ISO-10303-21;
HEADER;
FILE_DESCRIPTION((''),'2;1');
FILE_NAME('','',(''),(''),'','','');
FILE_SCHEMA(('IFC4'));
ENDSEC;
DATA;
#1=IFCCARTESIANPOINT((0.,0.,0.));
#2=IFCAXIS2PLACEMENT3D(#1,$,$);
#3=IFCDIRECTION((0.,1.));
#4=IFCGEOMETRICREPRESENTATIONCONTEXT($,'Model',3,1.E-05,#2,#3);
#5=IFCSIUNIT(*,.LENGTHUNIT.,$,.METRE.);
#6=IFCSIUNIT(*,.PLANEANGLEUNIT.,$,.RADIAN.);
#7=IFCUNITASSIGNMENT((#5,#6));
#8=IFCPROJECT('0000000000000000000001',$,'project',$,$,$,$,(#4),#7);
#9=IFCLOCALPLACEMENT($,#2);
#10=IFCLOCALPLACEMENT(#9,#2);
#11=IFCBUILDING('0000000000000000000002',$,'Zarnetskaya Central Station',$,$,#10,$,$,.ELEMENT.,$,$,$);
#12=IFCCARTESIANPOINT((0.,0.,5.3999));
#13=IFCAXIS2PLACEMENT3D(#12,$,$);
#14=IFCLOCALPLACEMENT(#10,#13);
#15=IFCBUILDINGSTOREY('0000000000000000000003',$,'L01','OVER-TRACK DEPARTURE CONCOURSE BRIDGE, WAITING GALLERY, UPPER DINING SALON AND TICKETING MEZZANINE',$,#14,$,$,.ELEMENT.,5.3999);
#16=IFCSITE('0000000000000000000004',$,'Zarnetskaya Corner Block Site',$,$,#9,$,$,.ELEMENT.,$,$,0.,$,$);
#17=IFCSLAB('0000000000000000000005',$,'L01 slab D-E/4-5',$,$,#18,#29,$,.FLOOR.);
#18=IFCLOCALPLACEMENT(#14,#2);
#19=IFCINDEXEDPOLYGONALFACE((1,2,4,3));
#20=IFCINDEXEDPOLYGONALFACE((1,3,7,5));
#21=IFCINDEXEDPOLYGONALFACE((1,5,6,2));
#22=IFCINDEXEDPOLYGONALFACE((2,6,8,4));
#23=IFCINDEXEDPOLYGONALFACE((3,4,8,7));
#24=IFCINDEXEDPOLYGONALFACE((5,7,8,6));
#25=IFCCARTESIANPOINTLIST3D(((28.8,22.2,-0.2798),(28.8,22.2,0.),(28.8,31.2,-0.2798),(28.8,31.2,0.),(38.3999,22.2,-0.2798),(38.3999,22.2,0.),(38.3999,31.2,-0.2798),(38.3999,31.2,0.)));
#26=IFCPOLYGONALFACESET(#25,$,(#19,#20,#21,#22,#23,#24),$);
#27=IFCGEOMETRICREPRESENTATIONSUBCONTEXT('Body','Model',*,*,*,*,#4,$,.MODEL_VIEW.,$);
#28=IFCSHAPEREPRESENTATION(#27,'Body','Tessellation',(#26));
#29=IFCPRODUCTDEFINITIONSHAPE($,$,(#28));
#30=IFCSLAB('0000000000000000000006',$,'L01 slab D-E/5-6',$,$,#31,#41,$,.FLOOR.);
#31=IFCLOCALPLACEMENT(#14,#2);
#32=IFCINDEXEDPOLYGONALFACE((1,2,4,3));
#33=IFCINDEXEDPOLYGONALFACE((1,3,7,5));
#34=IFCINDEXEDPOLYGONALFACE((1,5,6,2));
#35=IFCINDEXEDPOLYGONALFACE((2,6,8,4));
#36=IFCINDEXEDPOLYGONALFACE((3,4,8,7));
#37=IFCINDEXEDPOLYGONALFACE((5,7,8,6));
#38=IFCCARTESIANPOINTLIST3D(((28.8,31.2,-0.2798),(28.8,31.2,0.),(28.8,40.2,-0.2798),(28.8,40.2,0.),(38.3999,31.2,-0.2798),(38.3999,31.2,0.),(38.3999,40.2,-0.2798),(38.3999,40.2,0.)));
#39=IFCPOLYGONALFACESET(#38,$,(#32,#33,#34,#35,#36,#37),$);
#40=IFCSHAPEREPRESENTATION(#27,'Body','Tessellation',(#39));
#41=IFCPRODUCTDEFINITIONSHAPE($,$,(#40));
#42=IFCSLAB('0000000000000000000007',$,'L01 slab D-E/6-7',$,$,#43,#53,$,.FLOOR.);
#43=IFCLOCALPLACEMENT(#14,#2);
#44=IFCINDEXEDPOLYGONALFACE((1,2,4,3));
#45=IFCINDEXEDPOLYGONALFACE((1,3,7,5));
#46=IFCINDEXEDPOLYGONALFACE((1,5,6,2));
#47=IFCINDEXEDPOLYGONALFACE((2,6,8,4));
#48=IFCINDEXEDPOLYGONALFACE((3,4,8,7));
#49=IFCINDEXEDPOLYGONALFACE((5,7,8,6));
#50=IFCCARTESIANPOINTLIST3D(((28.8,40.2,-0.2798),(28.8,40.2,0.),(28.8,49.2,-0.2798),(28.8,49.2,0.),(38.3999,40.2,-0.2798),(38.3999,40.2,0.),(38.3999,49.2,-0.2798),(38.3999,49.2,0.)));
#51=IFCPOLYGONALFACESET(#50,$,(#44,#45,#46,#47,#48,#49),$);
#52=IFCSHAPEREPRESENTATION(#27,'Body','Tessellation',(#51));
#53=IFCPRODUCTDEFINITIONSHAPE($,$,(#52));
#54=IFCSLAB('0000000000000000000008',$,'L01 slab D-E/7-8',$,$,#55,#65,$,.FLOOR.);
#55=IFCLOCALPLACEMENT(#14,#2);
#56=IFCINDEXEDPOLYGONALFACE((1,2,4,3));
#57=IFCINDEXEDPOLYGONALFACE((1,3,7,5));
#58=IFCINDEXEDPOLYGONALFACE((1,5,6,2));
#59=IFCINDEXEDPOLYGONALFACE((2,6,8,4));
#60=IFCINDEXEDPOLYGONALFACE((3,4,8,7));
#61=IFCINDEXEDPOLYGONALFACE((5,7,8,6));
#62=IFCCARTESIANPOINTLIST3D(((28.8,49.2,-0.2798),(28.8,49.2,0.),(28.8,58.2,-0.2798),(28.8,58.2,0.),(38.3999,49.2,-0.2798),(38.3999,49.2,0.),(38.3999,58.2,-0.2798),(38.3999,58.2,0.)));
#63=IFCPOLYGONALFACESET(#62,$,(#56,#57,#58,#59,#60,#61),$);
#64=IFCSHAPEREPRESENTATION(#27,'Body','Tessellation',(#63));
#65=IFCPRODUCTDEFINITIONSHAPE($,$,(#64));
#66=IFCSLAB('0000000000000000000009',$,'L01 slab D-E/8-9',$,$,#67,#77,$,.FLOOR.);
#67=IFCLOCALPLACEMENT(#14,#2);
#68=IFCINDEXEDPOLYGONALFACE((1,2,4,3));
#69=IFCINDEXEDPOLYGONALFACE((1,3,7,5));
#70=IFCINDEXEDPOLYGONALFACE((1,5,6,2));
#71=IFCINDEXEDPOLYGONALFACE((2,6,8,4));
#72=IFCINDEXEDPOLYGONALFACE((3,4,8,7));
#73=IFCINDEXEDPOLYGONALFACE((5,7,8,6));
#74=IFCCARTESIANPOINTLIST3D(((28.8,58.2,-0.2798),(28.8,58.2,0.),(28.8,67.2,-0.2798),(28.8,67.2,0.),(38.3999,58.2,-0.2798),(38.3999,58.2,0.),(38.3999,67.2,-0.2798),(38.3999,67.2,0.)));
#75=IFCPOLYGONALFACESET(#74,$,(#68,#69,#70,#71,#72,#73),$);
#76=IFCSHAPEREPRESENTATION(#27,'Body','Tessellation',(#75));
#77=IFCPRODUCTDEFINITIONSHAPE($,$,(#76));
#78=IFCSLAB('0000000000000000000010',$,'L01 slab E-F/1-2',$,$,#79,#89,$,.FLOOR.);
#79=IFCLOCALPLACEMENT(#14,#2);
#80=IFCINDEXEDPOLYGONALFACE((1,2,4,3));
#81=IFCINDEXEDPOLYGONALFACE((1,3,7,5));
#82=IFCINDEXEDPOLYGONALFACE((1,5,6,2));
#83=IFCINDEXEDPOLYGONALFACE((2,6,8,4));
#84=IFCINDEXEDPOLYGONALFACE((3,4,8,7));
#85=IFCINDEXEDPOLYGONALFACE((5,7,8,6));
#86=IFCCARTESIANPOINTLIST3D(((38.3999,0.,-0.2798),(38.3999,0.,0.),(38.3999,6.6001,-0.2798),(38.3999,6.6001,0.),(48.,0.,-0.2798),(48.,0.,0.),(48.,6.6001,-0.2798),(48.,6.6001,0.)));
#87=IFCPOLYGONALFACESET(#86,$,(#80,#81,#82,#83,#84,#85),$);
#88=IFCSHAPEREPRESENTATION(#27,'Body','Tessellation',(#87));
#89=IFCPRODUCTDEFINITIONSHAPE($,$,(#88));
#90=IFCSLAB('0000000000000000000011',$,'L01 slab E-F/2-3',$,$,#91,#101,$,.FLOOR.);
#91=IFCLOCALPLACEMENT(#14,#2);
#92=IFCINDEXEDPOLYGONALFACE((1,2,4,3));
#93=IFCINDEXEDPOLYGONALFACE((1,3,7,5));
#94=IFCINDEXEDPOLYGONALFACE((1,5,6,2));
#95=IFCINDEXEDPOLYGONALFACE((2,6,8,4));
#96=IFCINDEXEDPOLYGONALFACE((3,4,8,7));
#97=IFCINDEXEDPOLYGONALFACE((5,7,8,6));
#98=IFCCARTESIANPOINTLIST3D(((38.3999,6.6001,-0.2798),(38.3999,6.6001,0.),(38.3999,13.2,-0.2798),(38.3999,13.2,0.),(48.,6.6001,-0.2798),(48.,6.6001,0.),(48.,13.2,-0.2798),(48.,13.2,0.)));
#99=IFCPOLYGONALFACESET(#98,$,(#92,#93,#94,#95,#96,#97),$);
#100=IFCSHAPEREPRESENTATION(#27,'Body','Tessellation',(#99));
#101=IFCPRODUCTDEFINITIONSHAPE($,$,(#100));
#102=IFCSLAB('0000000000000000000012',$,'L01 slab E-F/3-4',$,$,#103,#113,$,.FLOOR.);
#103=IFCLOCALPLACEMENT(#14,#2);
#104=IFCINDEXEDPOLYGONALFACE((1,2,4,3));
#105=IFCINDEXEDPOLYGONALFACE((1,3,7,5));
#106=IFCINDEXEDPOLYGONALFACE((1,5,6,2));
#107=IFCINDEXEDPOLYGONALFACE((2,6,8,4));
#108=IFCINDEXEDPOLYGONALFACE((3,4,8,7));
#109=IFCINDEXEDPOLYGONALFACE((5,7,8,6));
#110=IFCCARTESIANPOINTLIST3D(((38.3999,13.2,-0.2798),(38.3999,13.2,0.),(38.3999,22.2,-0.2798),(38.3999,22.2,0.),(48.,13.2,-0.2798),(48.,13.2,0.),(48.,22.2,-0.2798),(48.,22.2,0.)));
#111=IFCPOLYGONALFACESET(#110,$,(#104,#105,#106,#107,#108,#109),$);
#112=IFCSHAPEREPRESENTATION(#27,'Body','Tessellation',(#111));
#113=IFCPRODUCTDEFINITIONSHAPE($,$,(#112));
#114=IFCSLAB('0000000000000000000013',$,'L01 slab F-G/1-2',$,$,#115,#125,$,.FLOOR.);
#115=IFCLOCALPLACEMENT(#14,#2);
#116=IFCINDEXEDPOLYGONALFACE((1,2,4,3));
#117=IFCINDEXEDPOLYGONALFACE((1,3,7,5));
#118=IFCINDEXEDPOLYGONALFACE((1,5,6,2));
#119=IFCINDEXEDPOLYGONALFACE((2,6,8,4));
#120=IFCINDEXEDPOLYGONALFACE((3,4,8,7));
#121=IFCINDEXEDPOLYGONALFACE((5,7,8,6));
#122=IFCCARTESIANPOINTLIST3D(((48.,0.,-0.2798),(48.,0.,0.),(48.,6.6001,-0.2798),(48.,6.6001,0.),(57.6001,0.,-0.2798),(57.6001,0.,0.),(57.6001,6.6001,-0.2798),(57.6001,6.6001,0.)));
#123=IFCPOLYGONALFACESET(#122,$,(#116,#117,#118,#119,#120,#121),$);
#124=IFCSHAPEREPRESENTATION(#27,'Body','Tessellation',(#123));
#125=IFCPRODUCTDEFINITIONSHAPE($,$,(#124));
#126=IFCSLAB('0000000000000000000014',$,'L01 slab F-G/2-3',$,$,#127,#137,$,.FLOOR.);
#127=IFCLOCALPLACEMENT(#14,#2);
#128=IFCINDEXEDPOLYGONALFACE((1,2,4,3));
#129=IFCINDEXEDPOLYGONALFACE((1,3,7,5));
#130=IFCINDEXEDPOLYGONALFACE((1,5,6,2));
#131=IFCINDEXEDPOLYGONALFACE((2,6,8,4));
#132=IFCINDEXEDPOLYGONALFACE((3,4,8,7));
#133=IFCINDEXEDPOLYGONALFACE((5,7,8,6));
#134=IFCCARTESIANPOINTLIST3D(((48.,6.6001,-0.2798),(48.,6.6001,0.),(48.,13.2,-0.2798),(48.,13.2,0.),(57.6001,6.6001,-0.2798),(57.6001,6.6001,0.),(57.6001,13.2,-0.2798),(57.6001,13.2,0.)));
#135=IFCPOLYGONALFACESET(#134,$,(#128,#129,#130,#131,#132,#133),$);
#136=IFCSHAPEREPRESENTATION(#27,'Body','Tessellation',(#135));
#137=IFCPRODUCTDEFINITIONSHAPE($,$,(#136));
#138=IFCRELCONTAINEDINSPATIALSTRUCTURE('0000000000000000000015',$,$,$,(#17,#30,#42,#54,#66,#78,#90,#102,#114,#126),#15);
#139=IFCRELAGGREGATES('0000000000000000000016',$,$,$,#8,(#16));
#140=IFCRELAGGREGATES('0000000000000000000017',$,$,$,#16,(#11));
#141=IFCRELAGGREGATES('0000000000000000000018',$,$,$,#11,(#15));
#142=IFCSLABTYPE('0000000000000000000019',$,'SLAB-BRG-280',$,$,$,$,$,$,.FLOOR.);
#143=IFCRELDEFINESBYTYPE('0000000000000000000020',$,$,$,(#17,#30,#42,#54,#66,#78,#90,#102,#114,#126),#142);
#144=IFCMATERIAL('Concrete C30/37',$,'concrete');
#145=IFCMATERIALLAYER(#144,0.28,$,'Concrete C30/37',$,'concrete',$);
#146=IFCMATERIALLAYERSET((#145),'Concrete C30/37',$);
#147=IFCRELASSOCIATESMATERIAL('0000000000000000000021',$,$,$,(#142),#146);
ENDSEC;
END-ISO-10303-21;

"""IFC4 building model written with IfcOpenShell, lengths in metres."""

from ifc_helpers import new_model, si_unit, direction, frame, origin, place, context, subcontext, project, spatial, polyline, outline, extrude, material, layer, layer_set, type_object, element, save


model = new_model("IFC4")

# Units and contexts
model_context = context("Model", 3, precision=1e-05, world=origin(), true_north=direction((0.0, 1.0)))
body_context = subcontext(model_context, "Body", "Model", "MODEL_VIEW")
ifc_project = project(units=[si_unit("LENGTHUNIT", "METRE"), si_unit("PLANEANGLEUNIT", "RADIAN")], contexts=[model_context])

# Site, building, storey
site_placement = place(None, origin())
site = spatial("IfcSite", under=ifc_project, at=site_placement, Name="Zarnetskaya Corner Block Site", CompositionType="ELEMENT", RefElevation=0.0)
building_placement = place(site_placement, origin())
building = spatial("IfcBuilding", under=site, at=building_placement, Name="Zarnetskaya Central Station", CompositionType="ELEMENT")
storey_placement = place(building_placement, frame((0.0, 0.0, 5.3999)))
storey = spatial("IfcBuildingStorey", under=building, at=storey_placement, Name="L01", Description="OVER-TRACK DEPARTURE CONCOURSE BRIDGE, WAITING GALLERY, UPPER DINING SALON AND TICKETING MEZZANINE", CompositionType="ELEMENT", Elevation=5.3999)

# Slabs
ifc_material = material(Name="Concrete C30/37", Category="concrete")
ifc_layer = layer(ifc_material, 0.28, Name="Concrete C30/37", Category="concrete")
ifc_layer_set = layer_set([ifc_layer], Name="Concrete C30/37")
slab_type = type_object("IfcSlabType", Name="SLAB-BRG-280", PredefinedType="FLOOR", material=ifc_layer_set)
slab_1_placement = place(storey_placement, frame((0.0, 0.0, -0.2798)))
element("IfcSlab", 1, at=slab_1_placement, inside=storey, type_object=slab_type, Name="L01 slab D-E/4-5", PredefinedType="FLOOR", context=body_context, shape_type="SweptSolid", body=[
    extrude(outline(polyline([(28.8, 22.2), (38.3999, 22.2), (38.3999, 31.2), (28.8, 31.2), (28.8, 22.2)])), origin(), (0.0, 0.0, 1.0), 0.2798),
])
slab_2_placement = place(storey_placement, frame((0.0, 0.0, -0.2798)))
element("IfcSlab", 2, at=slab_2_placement, inside=storey, type_object=slab_type, Name="L01 slab D-E/5-6", PredefinedType="FLOOR", context=body_context, shape_type="SweptSolid", body=[
    extrude(outline(polyline([(28.8, 31.2), (38.3999, 31.2), (38.3999, 40.2), (28.8, 40.2), (28.8, 31.2)])), origin(), (0.0, 0.0, 1.0), 0.2798),
])
slab_3_placement = place(storey_placement, frame((0.0, 0.0, -0.2798)))
element("IfcSlab", 3, at=slab_3_placement, inside=storey, type_object=slab_type, Name="L01 slab D-E/6-7", PredefinedType="FLOOR", context=body_context, shape_type="SweptSolid", body=[
    extrude(outline(polyline([(28.8, 40.2), (38.3999, 40.2), (38.3999, 49.2), (28.8, 49.2), (28.8, 40.2)])), origin(), (0.0, 0.0, 1.0), 0.2798),
])
slab_4_placement = place(storey_placement, frame((0.0, 0.0, -0.2798)))
element("IfcSlab", 4, at=slab_4_placement, inside=storey, type_object=slab_type, Name="L01 slab D-E/7-8", PredefinedType="FLOOR", context=body_context, shape_type="SweptSolid", body=[
    extrude(outline(polyline([(28.8, 49.2), (38.3999, 49.2), (38.3999, 58.2), (28.8, 58.2), (28.8, 49.2)])), origin(), (0.0, 0.0, 1.0), 0.2798),
])
slab_5_placement = place(storey_placement, frame((0.0, 0.0, -0.2798)))
element("IfcSlab", 5, at=slab_5_placement, inside=storey, type_object=slab_type, Name="L01 slab D-E/8-9", PredefinedType="FLOOR", context=body_context, shape_type="SweptSolid", body=[
    extrude(outline(polyline([(28.8, 58.2), (38.3999, 58.2), (38.3999, 67.2), (28.8, 67.2), (28.8, 58.2)])), origin(), (0.0, 0.0, 1.0), 0.2798),
])
slab_6_placement = place(storey_placement, frame((0.0, 0.0, -0.2798)))
element("IfcSlab", 6, at=slab_6_placement, inside=storey, type_object=slab_type, Name="L01 slab E-F/1-2", PredefinedType="FLOOR", context=body_context, shape_type="SweptSolid", body=[
    extrude(outline(polyline([(38.3999, 0.0), (48.0, 0.0), (48.0, 6.6001), (38.3999, 6.6001), (38.3999, 0.0)])), origin(), (0.0, 0.0, 1.0), 0.2798),
])
slab_7_placement = place(storey_placement, frame((0.0, 0.0, -0.2798)))
element("IfcSlab", 7, at=slab_7_placement, inside=storey, type_object=slab_type, Name="L01 slab E-F/2-3", PredefinedType="FLOOR", context=body_context, shape_type="SweptSolid", body=[
    extrude(outline(polyline([(38.3999, 6.6001), (48.0, 6.6001), (48.0, 13.2), (38.3999, 13.2), (38.3999, 6.6001)])), origin(), (0.0, 0.0, 1.0), 0.2798),
])
slab_8_placement = place(storey_placement, frame((0.0, 0.0, -0.2798)))
element("IfcSlab", 8, at=slab_8_placement, inside=storey, type_object=slab_type, Name="L01 slab E-F/3-4", PredefinedType="FLOOR", context=body_context, shape_type="SweptSolid", body=[
    extrude(outline(polyline([(38.3999, 13.2), (48.0, 13.2), (48.0, 22.2), (38.3999, 22.2), (38.3999, 13.2)])), origin(), (0.0, 0.0, 1.0), 0.2798),
])
slab_9_placement = place(storey_placement, frame((0.0, 0.0, -0.2798)))
element("IfcSlab", 9, at=slab_9_placement, inside=storey, type_object=slab_type, Name="L01 slab F-G/1-2", PredefinedType="FLOOR", context=body_context, shape_type="SweptSolid", body=[
    extrude(outline(polyline([(48.0, 0.0), (57.6001, 0.0), (57.6001, 6.6001), (48.0, 6.6001), (48.0, 0.0)])), origin(), (0.0, 0.0, 1.0), 0.2798),
])
slab_10_placement = place(storey_placement, frame((0.0, 0.0, -0.2798)))
element("IfcSlab", 10, at=slab_10_placement, inside=storey, type_object=slab_type, Name="L01 slab F-G/2-3", PredefinedType="FLOOR", context=body_context, shape_type="SweptSolid", body=[
    extrude(outline(polyline([(48.0, 6.6001), (57.6001, 6.6001), (57.6001, 13.2), (48.0, 13.2), (48.0, 6.6001)])), origin(), (0.0, 0.0, 1.0), 0.2798),
])

save(model, "model.ifc")
